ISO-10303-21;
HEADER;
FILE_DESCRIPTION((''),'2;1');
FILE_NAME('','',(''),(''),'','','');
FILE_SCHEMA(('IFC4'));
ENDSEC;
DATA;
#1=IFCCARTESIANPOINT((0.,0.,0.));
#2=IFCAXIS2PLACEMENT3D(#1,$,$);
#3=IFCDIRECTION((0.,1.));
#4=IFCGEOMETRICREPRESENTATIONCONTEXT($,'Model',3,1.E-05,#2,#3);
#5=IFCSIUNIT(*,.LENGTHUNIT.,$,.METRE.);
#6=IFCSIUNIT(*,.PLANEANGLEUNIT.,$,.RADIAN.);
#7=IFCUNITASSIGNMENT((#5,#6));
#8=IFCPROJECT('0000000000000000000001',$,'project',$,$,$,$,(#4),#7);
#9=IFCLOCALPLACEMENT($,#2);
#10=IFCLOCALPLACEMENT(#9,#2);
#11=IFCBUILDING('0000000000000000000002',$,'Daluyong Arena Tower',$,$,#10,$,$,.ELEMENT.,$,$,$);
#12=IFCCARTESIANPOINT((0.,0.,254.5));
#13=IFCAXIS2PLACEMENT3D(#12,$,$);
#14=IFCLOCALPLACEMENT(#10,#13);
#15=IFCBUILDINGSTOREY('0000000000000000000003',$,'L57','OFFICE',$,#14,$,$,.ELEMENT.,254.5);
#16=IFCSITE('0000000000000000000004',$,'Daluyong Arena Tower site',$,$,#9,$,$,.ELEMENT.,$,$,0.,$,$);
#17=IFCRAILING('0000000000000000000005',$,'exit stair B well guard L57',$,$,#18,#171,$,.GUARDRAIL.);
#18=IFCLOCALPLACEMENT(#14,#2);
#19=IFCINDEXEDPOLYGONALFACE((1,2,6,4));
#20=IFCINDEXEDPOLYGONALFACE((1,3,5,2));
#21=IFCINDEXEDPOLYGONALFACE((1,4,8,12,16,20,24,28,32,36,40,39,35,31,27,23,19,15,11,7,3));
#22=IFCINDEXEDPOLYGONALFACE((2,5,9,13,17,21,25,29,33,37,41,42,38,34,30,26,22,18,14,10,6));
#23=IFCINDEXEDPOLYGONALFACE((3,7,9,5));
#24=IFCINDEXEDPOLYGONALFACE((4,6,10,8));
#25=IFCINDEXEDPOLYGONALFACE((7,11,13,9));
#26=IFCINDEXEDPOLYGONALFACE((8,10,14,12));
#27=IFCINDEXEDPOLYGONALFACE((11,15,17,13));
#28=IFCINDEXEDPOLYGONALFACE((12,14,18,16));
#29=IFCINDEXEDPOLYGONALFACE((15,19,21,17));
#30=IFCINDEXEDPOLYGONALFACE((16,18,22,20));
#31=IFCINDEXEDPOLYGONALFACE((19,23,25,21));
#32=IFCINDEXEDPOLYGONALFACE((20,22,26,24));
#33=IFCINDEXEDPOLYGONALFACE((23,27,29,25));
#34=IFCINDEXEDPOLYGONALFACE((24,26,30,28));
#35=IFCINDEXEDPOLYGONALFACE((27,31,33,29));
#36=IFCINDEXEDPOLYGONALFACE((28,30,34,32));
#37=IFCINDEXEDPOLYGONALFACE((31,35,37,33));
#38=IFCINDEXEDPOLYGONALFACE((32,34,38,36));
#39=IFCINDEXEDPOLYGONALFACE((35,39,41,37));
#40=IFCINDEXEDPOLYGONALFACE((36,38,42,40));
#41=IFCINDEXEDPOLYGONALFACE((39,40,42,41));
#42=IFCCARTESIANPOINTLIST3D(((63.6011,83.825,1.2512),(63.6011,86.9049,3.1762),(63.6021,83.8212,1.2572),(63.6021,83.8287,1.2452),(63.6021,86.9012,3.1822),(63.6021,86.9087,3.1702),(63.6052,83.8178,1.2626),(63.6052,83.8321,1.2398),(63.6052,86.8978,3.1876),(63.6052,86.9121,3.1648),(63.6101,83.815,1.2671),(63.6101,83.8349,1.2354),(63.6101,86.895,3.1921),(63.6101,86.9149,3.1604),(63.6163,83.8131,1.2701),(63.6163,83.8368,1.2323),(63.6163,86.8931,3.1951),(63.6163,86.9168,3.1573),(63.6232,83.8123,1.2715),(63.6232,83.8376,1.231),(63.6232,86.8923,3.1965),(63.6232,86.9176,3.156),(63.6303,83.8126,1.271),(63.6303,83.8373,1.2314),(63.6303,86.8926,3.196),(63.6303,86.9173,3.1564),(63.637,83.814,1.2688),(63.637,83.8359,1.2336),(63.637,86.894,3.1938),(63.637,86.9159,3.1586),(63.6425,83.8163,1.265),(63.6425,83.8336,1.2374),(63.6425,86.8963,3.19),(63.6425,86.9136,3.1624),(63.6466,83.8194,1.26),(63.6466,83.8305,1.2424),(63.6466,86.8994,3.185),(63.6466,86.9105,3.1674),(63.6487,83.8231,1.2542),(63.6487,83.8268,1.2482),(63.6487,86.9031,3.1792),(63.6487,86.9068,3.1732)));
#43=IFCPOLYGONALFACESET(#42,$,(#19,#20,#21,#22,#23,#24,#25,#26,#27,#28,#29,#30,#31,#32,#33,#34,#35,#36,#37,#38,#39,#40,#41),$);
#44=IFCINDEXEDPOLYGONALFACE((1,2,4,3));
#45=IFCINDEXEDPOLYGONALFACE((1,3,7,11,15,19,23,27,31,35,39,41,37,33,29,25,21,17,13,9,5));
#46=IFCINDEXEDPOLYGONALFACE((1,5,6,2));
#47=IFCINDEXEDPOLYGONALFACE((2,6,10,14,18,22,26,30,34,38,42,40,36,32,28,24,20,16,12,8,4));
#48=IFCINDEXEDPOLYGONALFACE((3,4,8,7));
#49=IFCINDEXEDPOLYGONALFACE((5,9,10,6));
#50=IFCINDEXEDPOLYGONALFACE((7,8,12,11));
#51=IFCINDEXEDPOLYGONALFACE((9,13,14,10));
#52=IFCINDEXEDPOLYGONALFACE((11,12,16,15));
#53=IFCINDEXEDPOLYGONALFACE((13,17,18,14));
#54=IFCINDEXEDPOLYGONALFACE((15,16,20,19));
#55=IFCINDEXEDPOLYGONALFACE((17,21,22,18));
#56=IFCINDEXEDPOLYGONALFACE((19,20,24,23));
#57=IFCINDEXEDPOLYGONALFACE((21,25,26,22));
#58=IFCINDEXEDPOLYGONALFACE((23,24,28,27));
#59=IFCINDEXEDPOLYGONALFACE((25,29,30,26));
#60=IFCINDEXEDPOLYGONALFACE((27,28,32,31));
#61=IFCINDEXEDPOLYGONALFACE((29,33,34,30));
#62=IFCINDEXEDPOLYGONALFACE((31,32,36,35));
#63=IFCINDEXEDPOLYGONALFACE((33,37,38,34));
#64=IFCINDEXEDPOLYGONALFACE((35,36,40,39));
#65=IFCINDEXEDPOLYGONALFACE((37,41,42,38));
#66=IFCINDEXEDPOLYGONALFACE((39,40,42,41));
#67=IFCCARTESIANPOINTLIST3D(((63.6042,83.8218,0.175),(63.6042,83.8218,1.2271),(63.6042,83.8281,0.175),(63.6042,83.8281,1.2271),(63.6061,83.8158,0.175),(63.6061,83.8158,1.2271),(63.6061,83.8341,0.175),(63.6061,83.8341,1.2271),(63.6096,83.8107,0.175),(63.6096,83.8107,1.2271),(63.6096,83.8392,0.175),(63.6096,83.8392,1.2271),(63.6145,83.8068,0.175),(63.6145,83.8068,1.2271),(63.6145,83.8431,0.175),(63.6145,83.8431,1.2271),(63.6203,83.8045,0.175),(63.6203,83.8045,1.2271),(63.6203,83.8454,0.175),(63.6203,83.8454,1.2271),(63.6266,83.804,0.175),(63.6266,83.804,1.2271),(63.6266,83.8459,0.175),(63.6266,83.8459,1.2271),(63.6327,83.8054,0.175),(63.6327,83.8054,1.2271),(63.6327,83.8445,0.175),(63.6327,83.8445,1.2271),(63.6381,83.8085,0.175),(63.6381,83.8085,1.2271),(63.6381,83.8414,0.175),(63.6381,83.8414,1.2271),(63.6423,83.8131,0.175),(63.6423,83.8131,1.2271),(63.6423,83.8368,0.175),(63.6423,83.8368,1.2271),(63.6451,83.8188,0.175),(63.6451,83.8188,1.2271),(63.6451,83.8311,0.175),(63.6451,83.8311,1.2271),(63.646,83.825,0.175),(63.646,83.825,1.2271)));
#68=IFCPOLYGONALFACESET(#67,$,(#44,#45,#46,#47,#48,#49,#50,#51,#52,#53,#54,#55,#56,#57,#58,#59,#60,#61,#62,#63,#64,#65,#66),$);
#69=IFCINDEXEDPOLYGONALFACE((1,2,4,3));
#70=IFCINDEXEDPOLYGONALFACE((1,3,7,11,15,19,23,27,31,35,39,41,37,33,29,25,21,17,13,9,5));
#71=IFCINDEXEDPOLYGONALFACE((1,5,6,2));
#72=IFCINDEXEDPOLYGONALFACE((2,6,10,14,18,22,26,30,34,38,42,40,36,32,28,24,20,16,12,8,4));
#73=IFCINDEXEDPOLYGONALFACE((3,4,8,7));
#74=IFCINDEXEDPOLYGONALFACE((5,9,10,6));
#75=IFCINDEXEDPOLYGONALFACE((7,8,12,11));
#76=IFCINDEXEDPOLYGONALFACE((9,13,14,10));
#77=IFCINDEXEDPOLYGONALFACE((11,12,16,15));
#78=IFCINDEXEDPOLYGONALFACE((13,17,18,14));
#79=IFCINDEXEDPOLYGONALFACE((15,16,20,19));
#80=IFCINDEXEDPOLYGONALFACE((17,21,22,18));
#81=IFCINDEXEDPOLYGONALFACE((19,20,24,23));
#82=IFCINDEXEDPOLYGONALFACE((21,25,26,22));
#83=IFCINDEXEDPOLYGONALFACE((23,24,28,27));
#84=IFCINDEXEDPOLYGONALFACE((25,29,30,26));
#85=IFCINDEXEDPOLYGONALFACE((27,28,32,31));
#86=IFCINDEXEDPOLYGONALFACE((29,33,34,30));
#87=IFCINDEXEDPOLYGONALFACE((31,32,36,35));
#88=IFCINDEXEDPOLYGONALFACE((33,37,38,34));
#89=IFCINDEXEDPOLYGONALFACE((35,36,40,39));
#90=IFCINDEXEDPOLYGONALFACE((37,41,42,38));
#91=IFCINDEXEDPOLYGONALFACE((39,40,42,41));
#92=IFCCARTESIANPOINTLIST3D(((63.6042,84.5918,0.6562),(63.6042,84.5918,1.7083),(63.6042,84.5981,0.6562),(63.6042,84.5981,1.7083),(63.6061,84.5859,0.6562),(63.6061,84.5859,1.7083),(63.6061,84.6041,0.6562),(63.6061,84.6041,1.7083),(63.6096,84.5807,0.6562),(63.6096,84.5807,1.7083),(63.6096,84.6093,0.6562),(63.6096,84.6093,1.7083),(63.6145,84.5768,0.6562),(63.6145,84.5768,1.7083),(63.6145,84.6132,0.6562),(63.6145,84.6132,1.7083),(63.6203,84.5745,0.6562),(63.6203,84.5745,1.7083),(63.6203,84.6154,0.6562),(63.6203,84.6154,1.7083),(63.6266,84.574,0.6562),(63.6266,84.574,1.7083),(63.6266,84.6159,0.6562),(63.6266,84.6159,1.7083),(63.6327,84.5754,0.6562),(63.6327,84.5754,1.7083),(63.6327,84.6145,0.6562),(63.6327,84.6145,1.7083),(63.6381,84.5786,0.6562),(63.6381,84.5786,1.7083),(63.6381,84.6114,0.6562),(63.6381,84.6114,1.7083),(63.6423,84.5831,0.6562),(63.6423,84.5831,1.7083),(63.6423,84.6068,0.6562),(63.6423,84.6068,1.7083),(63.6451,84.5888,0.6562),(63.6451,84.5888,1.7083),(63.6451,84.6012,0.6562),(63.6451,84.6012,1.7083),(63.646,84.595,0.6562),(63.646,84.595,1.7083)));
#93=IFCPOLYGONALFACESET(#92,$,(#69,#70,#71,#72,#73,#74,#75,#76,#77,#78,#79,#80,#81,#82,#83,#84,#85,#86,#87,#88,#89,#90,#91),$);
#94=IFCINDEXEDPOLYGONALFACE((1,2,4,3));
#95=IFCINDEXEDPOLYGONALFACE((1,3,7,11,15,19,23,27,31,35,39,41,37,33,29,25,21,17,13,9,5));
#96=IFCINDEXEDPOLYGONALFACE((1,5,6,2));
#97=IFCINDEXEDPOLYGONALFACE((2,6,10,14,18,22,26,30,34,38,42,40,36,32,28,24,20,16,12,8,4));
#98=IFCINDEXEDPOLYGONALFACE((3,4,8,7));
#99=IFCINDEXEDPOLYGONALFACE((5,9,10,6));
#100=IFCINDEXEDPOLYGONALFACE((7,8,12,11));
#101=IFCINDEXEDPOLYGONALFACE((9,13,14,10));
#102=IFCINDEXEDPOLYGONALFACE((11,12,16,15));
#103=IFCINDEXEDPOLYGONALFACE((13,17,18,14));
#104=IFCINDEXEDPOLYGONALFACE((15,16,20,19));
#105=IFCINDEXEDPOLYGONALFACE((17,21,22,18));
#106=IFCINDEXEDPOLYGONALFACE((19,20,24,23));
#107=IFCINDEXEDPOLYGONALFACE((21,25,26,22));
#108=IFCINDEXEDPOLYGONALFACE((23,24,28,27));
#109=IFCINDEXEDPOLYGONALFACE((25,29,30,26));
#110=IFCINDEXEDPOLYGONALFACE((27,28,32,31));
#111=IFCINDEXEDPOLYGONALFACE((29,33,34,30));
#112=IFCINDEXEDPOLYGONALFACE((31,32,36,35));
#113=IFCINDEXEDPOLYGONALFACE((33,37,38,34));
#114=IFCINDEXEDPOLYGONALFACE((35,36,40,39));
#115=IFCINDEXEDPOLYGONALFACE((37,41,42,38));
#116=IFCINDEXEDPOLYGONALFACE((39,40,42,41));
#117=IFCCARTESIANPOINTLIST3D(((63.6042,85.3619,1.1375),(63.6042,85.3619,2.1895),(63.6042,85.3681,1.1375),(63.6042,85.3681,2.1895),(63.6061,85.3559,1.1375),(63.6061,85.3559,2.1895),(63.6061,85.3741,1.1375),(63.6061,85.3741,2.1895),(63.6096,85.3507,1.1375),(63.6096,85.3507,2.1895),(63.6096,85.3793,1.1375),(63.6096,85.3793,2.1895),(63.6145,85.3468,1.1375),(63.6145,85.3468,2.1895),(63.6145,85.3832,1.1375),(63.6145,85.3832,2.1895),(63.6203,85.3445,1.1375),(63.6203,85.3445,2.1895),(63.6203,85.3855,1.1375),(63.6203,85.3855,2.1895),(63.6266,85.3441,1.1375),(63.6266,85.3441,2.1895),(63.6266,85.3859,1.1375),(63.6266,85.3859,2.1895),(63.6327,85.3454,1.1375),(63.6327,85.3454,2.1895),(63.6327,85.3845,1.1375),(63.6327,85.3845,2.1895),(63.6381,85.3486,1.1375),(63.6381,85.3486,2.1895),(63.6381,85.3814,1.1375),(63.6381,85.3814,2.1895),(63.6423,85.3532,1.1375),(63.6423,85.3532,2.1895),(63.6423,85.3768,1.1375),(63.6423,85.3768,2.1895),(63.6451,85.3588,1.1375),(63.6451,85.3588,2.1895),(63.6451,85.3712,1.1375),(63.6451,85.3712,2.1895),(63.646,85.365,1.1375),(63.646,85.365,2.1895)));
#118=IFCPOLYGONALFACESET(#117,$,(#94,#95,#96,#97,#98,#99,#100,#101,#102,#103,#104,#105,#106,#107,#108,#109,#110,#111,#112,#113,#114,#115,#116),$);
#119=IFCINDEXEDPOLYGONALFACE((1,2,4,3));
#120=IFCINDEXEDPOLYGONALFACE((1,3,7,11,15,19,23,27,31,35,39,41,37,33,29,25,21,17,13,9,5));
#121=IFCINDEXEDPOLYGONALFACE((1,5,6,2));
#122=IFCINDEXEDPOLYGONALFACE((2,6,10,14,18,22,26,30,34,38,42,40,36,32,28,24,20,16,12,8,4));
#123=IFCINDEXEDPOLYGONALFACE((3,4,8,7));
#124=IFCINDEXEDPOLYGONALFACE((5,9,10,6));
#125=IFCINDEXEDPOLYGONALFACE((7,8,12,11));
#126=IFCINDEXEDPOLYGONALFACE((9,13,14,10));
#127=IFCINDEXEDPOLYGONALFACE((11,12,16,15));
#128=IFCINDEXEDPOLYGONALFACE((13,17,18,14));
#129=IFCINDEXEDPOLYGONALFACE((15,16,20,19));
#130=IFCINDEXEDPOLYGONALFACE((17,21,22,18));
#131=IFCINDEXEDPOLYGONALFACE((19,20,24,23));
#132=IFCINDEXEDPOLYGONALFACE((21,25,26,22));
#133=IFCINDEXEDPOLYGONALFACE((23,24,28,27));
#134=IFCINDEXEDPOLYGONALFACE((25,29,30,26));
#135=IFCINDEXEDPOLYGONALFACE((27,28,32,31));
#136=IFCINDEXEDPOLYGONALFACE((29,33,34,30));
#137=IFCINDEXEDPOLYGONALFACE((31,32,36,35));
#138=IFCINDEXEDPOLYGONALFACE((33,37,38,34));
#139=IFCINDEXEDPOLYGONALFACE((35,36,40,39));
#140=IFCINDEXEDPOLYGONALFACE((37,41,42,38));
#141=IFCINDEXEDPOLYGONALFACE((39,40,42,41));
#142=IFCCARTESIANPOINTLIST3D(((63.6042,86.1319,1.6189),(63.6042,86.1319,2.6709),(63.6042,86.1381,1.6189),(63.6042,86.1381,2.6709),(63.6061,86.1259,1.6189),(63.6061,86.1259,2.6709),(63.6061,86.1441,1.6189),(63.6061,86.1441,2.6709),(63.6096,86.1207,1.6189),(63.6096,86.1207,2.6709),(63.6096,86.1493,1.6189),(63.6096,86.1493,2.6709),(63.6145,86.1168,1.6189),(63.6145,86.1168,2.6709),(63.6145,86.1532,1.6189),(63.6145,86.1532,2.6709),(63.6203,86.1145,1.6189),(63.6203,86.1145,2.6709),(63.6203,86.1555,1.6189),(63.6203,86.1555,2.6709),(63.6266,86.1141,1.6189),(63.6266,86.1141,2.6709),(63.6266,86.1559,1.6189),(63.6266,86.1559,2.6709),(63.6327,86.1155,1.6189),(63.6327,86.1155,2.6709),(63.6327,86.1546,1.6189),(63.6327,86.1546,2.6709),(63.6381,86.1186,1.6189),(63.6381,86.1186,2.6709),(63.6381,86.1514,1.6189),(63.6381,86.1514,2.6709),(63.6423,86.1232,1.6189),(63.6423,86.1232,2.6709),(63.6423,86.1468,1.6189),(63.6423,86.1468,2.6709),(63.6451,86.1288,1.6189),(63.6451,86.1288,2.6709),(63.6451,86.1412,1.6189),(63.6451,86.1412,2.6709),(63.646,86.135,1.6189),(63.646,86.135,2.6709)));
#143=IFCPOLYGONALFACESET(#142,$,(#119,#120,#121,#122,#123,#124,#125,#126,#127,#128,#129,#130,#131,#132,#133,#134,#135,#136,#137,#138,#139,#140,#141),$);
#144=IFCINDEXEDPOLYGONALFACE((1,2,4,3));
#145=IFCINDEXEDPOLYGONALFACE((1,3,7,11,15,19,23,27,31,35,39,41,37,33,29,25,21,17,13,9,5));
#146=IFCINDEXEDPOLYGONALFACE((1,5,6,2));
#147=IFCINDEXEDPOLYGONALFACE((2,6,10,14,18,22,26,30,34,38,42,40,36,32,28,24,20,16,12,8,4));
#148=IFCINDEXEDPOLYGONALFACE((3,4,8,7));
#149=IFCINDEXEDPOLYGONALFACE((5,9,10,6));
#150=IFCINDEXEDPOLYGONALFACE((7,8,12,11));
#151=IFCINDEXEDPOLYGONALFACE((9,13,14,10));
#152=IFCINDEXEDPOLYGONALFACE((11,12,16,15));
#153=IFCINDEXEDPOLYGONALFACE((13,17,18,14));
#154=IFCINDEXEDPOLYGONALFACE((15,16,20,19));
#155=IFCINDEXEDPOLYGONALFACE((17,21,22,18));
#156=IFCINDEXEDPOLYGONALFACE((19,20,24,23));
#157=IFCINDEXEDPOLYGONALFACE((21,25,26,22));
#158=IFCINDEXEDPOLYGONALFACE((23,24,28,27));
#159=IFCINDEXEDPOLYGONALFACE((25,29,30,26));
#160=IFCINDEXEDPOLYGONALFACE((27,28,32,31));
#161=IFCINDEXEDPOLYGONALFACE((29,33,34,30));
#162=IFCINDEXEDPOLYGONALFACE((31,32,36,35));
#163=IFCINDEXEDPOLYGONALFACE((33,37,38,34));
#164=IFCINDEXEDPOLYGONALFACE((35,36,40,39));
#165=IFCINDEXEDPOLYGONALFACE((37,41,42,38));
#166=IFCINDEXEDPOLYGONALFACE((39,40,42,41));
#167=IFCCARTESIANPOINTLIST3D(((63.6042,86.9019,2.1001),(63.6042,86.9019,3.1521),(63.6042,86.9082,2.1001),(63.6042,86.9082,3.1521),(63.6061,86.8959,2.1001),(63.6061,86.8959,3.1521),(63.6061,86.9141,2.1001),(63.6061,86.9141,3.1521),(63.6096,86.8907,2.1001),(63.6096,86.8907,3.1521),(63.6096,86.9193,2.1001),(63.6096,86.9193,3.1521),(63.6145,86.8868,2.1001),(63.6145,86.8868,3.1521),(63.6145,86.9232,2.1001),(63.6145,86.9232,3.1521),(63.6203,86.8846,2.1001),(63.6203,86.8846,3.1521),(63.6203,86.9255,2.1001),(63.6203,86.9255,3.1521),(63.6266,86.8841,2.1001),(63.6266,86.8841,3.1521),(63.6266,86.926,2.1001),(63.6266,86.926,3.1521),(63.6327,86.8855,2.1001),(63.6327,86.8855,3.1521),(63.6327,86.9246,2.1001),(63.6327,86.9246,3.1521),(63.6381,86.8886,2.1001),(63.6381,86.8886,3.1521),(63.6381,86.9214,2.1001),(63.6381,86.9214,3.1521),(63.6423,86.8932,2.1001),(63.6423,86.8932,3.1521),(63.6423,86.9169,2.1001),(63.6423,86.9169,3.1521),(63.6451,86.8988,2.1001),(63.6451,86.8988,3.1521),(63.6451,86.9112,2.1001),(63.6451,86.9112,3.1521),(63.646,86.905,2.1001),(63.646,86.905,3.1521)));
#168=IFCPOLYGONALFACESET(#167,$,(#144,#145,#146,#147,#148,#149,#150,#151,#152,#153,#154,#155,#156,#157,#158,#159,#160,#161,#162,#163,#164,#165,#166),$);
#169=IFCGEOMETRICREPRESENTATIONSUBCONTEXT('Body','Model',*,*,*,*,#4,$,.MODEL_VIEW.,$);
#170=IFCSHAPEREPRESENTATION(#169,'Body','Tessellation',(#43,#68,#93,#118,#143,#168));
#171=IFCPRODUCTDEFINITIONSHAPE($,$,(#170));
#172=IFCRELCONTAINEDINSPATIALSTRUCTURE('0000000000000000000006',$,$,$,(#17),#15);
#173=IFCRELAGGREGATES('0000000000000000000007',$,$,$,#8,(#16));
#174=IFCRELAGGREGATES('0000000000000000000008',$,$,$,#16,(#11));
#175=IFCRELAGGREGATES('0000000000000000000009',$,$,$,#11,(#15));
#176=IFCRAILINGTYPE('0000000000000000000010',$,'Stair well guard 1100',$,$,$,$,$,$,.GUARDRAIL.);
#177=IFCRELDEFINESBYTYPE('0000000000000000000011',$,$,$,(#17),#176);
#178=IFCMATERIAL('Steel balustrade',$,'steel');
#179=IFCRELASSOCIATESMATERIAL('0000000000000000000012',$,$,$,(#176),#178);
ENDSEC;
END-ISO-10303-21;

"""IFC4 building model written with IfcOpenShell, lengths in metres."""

from ifc_helpers import new_model, si_unit, direction, frame, origin, origin_2d, place, context, subcontext, project, spatial, circle, extrude, material, type_object, element, save


model = new_model("IFC4")

# Units and contexts
model_context = context("Model", 3, precision=1e-05, world=origin(), true_north=direction((0.0, 1.0)))
body_context = subcontext(model_context, "Body", "Model", "MODEL_VIEW")
ifc_project = project(units=[si_unit("LENGTHUNIT", "METRE"), si_unit("PLANEANGLEUNIT", "RADIAN")], contexts=[model_context])

# Site, building, storey
site_placement = place(None, origin())
site = spatial("IfcSite", under=ifc_project, at=site_placement, Name="Daluyong Arena Tower site", CompositionType="ELEMENT", RefElevation=0.0)
building_placement = place(site_placement, origin())
building = spatial("IfcBuilding", under=site, at=building_placement, Name="Daluyong Arena Tower", CompositionType="ELEMENT")
storey_placement = place(building_placement, frame((0.0, 0.0, 254.5)))
storey = spatial("IfcBuildingStorey", under=building, at=storey_placement, Name="L57", Description="OFFICE", CompositionType="ELEMENT", Elevation=254.5)

# Railing
ifc_material_1 = material(Name="Steel balustrade", Category="steel")
railing_type_1 = type_object("IfcRailingType", Name="Stair well guard 1100", PredefinedType="GUARDRAIL", material=ifc_material_1)
railing_1_placement = place(storey_placement, frame((63.625, 83.825, 0.175)))
element("IfcRailing", 1, at=railing_1_placement, inside=storey, type_object=railing_type_1, Name="exit stair B well guard L57", PredefinedType="GUARDRAIL", context=body_context, shape_type="SweptSolid", body=[
    extrude(circle(Radius=0.0239, at=origin_2d()), frame((0.0, 0.0, 1.0762), z_axis=(0.0, 0.847998, 0.529999), x_axis=(-1.0, 0.0, 0.0)), (0.0, 0.0, 1.0), 3.6321),
    extrude(circle(Radius=0.021, at=origin_2d()), origin(), (0.0, 0.0, 1.0), 1.052),
    extrude(circle(Radius=0.021, at=origin_2d()), frame((0.0, 0.77, 0.4812)), (0.0, 0.0, 1.0), 1.052),
    extrude(circle(Radius=0.021, at=origin_2d()), frame((0.0, 1.54, 0.9624)), (0.0, 0.0, 1.0), 1.052),
    extrude(circle(Radius=0.021, at=origin_2d()), frame((0.0, 2.3101, 1.4438)), (0.0, 0.0, 1.0), 1.052),
    extrude(circle(Radius=0.021, at=origin_2d()), frame((0.0, 3.0801, 1.925)), (0.0, 0.0, 1.0), 1.052),
])

save(model, "model.ifc")
